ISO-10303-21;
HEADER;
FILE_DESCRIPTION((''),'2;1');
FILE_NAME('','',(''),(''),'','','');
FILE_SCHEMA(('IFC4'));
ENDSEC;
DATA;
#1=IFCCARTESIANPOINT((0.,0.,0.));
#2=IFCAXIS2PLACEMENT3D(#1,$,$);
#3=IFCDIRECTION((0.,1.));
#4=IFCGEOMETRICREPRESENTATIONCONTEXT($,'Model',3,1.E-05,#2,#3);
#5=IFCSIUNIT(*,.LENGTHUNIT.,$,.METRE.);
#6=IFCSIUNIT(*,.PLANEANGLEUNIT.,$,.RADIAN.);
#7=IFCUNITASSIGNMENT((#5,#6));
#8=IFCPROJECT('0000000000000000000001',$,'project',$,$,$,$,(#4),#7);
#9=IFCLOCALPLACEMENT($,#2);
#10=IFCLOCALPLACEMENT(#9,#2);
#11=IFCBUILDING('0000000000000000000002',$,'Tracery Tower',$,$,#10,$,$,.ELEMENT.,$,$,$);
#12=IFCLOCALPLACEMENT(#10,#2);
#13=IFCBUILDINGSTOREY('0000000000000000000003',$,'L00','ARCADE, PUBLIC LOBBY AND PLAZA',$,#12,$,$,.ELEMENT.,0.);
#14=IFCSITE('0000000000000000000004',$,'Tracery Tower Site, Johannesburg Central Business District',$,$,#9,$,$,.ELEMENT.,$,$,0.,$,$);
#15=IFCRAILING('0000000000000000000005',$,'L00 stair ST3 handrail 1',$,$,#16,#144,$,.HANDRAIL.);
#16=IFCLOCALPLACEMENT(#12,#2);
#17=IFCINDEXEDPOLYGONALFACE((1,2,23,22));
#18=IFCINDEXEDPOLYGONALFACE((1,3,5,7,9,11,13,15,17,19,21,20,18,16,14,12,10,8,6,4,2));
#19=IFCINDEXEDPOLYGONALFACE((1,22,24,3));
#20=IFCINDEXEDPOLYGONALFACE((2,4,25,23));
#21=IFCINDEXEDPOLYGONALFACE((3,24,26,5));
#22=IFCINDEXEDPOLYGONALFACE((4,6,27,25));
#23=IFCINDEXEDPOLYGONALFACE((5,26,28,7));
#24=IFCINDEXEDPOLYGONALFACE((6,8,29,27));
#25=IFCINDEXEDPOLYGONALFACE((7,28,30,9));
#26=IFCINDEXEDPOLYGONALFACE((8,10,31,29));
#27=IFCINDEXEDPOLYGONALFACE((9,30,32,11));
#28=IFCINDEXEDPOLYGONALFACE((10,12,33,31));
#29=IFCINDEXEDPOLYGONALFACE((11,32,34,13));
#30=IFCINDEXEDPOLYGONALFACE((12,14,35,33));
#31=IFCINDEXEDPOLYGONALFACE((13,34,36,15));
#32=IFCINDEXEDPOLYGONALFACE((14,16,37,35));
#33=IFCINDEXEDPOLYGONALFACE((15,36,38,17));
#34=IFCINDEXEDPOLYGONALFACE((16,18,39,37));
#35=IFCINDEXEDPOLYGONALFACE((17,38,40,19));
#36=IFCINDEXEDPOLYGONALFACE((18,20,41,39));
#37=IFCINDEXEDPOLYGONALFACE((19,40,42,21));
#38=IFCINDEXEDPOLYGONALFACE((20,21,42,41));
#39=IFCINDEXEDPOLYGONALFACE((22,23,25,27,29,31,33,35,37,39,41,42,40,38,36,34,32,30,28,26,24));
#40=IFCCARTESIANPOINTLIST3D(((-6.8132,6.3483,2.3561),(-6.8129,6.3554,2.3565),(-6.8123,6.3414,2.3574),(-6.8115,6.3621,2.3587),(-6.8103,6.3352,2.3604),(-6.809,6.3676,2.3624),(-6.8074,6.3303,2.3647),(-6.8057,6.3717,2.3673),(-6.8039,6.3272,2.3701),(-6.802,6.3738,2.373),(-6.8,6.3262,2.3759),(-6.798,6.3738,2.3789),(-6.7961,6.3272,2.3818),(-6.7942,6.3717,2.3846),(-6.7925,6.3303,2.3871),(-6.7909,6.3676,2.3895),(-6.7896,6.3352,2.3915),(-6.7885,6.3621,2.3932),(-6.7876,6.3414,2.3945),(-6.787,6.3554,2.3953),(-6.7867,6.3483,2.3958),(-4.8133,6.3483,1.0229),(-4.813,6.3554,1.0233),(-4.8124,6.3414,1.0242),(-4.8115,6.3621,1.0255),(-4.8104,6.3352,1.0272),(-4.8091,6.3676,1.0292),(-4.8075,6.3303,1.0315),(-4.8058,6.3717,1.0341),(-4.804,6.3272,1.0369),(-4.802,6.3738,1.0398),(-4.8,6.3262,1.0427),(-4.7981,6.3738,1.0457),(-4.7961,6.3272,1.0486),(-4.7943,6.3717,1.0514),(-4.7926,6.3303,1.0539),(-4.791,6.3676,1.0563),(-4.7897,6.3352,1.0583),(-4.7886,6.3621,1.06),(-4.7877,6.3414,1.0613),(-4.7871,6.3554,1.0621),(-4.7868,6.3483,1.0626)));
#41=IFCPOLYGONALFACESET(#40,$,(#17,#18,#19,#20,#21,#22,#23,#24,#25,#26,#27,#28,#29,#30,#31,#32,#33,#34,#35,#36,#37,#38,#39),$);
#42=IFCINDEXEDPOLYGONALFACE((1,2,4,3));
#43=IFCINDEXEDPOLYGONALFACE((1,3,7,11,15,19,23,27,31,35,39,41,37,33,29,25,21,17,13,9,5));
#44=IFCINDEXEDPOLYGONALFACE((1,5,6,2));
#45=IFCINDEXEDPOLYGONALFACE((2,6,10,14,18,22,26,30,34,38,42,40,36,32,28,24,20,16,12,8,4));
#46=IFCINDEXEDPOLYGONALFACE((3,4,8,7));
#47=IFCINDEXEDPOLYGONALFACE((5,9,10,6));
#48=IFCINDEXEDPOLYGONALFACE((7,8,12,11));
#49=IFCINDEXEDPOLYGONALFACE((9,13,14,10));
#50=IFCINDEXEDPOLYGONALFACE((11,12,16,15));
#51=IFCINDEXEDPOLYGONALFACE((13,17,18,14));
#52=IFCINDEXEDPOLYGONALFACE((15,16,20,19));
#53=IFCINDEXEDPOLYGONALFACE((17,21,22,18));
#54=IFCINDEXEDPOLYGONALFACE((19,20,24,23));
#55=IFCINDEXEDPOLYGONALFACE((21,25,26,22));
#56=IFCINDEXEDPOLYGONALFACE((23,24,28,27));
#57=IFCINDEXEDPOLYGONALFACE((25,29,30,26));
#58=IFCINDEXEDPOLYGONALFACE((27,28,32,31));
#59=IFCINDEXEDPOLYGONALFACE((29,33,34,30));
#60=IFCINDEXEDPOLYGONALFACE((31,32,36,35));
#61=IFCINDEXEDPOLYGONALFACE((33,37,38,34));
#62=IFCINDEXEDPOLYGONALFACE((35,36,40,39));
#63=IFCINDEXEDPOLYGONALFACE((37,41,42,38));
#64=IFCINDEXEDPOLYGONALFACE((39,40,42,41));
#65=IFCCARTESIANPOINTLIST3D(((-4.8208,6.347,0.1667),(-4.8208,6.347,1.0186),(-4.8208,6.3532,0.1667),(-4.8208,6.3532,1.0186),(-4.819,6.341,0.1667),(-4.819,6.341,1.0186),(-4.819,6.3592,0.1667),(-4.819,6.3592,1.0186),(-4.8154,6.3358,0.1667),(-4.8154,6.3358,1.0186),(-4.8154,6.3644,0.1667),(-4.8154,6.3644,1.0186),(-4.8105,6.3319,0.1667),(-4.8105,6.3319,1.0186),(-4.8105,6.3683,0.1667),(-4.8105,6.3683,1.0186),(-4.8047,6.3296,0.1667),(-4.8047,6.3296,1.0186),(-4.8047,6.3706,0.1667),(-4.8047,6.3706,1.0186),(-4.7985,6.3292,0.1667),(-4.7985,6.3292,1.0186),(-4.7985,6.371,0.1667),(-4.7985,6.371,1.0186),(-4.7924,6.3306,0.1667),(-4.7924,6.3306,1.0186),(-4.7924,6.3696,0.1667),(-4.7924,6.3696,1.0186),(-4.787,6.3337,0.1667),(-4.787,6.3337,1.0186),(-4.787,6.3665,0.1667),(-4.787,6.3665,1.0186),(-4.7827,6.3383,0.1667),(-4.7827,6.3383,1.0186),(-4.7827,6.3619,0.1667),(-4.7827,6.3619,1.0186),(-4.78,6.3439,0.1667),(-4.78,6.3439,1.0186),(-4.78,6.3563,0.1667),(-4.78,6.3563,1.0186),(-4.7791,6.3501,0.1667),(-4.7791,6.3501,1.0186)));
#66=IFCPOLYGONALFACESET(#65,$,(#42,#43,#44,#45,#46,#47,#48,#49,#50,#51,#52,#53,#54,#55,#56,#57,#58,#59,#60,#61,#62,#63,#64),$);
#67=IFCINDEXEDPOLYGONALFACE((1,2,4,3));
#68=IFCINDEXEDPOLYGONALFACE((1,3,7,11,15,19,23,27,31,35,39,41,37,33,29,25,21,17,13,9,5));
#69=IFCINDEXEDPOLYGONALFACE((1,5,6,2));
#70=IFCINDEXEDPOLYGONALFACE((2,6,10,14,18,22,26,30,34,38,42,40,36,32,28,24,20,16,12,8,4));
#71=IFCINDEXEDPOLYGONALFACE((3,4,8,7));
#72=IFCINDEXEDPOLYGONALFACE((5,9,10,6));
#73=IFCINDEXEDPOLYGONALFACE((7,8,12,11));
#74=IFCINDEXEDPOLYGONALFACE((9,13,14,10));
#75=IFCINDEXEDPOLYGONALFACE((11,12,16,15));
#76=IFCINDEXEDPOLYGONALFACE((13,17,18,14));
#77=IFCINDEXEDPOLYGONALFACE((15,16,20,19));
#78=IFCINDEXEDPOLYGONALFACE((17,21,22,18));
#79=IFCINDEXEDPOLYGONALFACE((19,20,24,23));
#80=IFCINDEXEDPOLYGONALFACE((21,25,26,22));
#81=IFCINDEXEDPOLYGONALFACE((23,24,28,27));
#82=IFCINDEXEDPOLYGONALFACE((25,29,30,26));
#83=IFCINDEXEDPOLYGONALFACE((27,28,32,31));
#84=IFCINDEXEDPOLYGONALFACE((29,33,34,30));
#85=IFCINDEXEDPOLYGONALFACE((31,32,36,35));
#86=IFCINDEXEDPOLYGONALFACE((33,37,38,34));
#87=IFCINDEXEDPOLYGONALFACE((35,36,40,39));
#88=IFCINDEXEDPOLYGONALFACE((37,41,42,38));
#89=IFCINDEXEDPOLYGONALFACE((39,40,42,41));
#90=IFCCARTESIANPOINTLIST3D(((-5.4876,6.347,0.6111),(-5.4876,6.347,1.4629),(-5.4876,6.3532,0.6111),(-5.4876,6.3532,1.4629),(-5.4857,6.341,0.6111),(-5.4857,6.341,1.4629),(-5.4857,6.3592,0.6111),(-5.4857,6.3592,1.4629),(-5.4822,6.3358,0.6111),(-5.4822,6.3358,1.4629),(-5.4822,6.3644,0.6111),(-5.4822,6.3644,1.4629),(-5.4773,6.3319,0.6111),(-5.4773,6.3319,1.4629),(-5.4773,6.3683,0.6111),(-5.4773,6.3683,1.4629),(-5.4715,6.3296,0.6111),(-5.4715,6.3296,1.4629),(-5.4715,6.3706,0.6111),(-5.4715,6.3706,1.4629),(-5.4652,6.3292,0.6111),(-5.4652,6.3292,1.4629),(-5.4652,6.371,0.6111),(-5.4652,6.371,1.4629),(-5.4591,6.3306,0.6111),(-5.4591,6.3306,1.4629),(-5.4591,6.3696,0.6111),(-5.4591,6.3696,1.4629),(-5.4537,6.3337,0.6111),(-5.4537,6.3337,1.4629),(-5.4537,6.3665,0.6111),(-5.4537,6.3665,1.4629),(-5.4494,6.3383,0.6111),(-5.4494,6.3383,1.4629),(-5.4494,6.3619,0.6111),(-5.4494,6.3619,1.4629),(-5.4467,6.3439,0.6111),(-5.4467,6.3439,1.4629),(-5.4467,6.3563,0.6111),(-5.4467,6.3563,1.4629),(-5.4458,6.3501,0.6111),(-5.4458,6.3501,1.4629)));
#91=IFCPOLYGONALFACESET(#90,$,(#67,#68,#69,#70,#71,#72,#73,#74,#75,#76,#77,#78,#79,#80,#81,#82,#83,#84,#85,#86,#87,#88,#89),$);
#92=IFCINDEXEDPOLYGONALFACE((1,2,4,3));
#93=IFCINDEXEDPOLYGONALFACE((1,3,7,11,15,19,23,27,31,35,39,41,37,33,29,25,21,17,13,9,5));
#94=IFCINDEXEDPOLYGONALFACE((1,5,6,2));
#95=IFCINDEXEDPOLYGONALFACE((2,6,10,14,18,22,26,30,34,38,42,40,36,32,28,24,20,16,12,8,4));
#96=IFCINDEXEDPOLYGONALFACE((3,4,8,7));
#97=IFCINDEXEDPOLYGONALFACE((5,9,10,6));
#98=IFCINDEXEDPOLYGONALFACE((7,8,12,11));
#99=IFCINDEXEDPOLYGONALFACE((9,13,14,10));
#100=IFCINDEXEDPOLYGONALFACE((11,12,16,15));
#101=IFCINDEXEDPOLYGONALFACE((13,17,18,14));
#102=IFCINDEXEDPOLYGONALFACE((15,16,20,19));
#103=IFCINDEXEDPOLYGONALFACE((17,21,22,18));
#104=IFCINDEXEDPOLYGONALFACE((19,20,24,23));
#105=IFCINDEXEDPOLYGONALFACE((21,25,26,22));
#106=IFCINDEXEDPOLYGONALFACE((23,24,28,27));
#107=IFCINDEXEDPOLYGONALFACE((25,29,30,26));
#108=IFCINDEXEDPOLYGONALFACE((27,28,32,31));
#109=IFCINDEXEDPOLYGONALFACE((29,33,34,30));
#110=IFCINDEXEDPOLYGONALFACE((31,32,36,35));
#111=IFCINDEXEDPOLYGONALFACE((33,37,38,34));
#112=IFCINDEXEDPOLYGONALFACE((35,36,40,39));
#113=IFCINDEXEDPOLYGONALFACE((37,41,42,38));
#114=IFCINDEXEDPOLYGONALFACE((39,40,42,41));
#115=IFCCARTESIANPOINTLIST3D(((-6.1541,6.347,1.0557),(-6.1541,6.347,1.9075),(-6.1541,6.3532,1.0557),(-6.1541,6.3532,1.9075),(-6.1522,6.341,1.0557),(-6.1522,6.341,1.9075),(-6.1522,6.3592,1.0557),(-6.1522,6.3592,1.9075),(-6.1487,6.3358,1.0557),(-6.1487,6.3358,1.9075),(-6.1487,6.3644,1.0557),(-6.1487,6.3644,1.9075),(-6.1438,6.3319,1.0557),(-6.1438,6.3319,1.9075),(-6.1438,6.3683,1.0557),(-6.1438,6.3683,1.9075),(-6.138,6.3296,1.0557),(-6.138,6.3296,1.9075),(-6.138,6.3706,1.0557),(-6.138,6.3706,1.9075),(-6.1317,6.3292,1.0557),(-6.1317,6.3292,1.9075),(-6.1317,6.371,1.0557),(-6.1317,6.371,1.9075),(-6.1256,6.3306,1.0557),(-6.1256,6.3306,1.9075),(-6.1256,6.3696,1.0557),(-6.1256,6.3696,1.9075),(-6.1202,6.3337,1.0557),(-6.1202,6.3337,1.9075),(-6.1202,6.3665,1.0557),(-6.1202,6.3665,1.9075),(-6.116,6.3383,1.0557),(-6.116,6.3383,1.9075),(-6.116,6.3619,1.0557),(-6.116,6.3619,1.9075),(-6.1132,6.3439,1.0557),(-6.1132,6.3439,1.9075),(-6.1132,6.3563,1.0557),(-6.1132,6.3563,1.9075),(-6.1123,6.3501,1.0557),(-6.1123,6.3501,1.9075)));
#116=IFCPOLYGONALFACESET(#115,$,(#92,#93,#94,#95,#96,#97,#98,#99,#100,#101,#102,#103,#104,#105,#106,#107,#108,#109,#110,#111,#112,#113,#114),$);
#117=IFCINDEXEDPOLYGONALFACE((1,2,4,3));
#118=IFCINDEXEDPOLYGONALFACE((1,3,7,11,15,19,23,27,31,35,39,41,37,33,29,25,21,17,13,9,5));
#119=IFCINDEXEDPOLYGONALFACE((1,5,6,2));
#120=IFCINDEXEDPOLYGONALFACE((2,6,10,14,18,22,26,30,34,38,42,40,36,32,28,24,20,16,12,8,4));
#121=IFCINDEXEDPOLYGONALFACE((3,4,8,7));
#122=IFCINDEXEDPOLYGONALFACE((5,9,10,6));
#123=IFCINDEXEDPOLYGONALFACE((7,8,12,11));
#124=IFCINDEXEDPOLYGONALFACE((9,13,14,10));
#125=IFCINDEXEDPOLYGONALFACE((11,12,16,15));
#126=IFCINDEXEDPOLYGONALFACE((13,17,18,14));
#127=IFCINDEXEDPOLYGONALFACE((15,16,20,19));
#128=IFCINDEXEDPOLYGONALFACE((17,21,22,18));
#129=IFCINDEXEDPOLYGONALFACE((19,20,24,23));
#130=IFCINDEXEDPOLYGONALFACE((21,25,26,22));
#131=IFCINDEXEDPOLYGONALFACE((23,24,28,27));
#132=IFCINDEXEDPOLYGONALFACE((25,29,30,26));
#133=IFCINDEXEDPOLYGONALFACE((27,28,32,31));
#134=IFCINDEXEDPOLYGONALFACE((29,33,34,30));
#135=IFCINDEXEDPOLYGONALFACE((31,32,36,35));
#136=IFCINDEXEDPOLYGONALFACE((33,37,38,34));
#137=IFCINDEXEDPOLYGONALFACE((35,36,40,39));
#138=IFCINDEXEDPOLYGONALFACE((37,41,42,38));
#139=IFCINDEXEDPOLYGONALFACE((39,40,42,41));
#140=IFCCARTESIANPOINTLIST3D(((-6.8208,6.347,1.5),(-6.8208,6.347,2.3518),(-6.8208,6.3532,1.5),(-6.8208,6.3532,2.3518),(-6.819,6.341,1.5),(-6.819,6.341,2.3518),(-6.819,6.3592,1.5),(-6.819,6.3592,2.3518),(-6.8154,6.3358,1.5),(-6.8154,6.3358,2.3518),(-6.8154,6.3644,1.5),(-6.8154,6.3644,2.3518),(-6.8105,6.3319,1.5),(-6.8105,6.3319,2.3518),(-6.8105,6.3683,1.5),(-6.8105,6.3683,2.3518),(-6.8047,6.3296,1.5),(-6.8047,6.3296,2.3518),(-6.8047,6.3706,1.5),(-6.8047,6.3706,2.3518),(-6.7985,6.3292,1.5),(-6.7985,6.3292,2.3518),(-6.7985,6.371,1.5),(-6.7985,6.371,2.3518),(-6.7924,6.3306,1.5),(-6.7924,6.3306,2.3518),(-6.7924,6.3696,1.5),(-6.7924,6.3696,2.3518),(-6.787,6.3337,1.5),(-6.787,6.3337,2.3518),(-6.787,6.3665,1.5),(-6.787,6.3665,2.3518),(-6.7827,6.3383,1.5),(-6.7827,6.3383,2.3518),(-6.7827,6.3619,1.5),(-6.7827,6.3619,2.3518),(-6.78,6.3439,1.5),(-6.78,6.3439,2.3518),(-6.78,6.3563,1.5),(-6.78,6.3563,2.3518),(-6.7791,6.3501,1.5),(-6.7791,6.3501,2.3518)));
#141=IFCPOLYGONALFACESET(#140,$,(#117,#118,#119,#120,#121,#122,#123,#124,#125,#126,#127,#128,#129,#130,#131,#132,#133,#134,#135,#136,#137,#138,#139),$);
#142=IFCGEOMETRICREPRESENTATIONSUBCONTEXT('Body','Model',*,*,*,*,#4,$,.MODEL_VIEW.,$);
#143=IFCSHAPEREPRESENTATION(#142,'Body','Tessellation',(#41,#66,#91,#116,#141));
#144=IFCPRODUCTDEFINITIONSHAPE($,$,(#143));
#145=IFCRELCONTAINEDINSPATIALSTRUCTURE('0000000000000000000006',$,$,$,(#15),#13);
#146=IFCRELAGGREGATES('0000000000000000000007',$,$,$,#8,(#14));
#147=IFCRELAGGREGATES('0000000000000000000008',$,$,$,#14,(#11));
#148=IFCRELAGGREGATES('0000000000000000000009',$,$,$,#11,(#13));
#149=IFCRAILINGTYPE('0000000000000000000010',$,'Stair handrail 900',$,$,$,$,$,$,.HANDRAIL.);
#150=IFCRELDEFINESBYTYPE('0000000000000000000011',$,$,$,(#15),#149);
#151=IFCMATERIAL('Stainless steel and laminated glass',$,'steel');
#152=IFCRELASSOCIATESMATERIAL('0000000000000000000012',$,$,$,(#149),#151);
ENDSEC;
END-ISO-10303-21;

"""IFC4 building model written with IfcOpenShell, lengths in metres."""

from ifc_helpers import new_model, si_unit, direction, frame, origin, origin_2d, place, context, subcontext, project, spatial, circle, extrude, material, type_object, element, save


model = new_model("IFC4")

# Units and contexts
model_context = context("Model", 3, precision=1e-05, world=origin(), true_north=direction((0.0, 1.0)))
body_context = subcontext(model_context, "Body", "Model", "MODEL_VIEW")
ifc_project = project(units=[si_unit("LENGTHUNIT", "METRE"), si_unit("PLANEANGLEUNIT", "RADIAN")], contexts=[model_context])

# Site, building, storey
site_placement = place(None, origin())
site = spatial("IfcSite", under=ifc_project, at=site_placement, Name="Tracery Tower Site, Johannesburg Central Business District", CompositionType="ELEMENT", RefElevation=0.0)
building_placement = place(site_placement, origin())
building = spatial("IfcBuilding", under=site, at=building_placement, Name="Tracery Tower", CompositionType="ELEMENT")
storey_placement = place(building_placement, origin())
storey = spatial("IfcBuildingStorey", under=building, at=storey_placement, Name="L00", Description="ARCADE, PUBLIC LOBBY AND PLAZA", CompositionType="ELEMENT", Elevation=0.0)

# Railing
ifc_material_1 = material(Name="Stainless steel and laminated glass", Category="steel")
railing_type_1 = type_object("IfcRailingType", Name="Stair handrail 900", PredefinedType="HANDRAIL", material=ifc_material_1)
railing_1_placement = place(storey_placement, frame((-4.8, 6.3501, 0.1667)))
element("IfcRailing", 1, at=railing_1_placement, inside=storey, type_object=railing_type_1, Name="L00 stair ST3 handrail 1", PredefinedType="HANDRAIL", context=body_context, shape_type="SweptSolid", body=[
    extrude(circle(Radius=0.0239, at=origin_2d()), frame((0.0, 0.0, 0.876), z_axis=(-0.832066, 0.0, 0.554677), x_axis=(0.0, -1.0, 0.0)), (0.0, 0.0, 1.0), 2.4036),
    extrude(circle(Radius=0.021, at=origin_2d()), origin(), (0.0, 0.0, 1.0), 0.8518),
    extrude(circle(Radius=0.021, at=origin_2d()), frame((-0.6667, 0.0, 0.4443)), (0.0, 0.0, 1.0), 0.8518),
    extrude(circle(Radius=0.021, at=origin_2d()), frame((-1.3333, 0.0, 0.8889)), (0.0, 0.0, 1.0), 0.8518),
    extrude(circle(Radius=0.021, at=origin_2d()), frame((-2.0, 0.0, 1.3333)), (0.0, 0.0, 1.0), 0.8518),
])

save(model, "model.ifc")
